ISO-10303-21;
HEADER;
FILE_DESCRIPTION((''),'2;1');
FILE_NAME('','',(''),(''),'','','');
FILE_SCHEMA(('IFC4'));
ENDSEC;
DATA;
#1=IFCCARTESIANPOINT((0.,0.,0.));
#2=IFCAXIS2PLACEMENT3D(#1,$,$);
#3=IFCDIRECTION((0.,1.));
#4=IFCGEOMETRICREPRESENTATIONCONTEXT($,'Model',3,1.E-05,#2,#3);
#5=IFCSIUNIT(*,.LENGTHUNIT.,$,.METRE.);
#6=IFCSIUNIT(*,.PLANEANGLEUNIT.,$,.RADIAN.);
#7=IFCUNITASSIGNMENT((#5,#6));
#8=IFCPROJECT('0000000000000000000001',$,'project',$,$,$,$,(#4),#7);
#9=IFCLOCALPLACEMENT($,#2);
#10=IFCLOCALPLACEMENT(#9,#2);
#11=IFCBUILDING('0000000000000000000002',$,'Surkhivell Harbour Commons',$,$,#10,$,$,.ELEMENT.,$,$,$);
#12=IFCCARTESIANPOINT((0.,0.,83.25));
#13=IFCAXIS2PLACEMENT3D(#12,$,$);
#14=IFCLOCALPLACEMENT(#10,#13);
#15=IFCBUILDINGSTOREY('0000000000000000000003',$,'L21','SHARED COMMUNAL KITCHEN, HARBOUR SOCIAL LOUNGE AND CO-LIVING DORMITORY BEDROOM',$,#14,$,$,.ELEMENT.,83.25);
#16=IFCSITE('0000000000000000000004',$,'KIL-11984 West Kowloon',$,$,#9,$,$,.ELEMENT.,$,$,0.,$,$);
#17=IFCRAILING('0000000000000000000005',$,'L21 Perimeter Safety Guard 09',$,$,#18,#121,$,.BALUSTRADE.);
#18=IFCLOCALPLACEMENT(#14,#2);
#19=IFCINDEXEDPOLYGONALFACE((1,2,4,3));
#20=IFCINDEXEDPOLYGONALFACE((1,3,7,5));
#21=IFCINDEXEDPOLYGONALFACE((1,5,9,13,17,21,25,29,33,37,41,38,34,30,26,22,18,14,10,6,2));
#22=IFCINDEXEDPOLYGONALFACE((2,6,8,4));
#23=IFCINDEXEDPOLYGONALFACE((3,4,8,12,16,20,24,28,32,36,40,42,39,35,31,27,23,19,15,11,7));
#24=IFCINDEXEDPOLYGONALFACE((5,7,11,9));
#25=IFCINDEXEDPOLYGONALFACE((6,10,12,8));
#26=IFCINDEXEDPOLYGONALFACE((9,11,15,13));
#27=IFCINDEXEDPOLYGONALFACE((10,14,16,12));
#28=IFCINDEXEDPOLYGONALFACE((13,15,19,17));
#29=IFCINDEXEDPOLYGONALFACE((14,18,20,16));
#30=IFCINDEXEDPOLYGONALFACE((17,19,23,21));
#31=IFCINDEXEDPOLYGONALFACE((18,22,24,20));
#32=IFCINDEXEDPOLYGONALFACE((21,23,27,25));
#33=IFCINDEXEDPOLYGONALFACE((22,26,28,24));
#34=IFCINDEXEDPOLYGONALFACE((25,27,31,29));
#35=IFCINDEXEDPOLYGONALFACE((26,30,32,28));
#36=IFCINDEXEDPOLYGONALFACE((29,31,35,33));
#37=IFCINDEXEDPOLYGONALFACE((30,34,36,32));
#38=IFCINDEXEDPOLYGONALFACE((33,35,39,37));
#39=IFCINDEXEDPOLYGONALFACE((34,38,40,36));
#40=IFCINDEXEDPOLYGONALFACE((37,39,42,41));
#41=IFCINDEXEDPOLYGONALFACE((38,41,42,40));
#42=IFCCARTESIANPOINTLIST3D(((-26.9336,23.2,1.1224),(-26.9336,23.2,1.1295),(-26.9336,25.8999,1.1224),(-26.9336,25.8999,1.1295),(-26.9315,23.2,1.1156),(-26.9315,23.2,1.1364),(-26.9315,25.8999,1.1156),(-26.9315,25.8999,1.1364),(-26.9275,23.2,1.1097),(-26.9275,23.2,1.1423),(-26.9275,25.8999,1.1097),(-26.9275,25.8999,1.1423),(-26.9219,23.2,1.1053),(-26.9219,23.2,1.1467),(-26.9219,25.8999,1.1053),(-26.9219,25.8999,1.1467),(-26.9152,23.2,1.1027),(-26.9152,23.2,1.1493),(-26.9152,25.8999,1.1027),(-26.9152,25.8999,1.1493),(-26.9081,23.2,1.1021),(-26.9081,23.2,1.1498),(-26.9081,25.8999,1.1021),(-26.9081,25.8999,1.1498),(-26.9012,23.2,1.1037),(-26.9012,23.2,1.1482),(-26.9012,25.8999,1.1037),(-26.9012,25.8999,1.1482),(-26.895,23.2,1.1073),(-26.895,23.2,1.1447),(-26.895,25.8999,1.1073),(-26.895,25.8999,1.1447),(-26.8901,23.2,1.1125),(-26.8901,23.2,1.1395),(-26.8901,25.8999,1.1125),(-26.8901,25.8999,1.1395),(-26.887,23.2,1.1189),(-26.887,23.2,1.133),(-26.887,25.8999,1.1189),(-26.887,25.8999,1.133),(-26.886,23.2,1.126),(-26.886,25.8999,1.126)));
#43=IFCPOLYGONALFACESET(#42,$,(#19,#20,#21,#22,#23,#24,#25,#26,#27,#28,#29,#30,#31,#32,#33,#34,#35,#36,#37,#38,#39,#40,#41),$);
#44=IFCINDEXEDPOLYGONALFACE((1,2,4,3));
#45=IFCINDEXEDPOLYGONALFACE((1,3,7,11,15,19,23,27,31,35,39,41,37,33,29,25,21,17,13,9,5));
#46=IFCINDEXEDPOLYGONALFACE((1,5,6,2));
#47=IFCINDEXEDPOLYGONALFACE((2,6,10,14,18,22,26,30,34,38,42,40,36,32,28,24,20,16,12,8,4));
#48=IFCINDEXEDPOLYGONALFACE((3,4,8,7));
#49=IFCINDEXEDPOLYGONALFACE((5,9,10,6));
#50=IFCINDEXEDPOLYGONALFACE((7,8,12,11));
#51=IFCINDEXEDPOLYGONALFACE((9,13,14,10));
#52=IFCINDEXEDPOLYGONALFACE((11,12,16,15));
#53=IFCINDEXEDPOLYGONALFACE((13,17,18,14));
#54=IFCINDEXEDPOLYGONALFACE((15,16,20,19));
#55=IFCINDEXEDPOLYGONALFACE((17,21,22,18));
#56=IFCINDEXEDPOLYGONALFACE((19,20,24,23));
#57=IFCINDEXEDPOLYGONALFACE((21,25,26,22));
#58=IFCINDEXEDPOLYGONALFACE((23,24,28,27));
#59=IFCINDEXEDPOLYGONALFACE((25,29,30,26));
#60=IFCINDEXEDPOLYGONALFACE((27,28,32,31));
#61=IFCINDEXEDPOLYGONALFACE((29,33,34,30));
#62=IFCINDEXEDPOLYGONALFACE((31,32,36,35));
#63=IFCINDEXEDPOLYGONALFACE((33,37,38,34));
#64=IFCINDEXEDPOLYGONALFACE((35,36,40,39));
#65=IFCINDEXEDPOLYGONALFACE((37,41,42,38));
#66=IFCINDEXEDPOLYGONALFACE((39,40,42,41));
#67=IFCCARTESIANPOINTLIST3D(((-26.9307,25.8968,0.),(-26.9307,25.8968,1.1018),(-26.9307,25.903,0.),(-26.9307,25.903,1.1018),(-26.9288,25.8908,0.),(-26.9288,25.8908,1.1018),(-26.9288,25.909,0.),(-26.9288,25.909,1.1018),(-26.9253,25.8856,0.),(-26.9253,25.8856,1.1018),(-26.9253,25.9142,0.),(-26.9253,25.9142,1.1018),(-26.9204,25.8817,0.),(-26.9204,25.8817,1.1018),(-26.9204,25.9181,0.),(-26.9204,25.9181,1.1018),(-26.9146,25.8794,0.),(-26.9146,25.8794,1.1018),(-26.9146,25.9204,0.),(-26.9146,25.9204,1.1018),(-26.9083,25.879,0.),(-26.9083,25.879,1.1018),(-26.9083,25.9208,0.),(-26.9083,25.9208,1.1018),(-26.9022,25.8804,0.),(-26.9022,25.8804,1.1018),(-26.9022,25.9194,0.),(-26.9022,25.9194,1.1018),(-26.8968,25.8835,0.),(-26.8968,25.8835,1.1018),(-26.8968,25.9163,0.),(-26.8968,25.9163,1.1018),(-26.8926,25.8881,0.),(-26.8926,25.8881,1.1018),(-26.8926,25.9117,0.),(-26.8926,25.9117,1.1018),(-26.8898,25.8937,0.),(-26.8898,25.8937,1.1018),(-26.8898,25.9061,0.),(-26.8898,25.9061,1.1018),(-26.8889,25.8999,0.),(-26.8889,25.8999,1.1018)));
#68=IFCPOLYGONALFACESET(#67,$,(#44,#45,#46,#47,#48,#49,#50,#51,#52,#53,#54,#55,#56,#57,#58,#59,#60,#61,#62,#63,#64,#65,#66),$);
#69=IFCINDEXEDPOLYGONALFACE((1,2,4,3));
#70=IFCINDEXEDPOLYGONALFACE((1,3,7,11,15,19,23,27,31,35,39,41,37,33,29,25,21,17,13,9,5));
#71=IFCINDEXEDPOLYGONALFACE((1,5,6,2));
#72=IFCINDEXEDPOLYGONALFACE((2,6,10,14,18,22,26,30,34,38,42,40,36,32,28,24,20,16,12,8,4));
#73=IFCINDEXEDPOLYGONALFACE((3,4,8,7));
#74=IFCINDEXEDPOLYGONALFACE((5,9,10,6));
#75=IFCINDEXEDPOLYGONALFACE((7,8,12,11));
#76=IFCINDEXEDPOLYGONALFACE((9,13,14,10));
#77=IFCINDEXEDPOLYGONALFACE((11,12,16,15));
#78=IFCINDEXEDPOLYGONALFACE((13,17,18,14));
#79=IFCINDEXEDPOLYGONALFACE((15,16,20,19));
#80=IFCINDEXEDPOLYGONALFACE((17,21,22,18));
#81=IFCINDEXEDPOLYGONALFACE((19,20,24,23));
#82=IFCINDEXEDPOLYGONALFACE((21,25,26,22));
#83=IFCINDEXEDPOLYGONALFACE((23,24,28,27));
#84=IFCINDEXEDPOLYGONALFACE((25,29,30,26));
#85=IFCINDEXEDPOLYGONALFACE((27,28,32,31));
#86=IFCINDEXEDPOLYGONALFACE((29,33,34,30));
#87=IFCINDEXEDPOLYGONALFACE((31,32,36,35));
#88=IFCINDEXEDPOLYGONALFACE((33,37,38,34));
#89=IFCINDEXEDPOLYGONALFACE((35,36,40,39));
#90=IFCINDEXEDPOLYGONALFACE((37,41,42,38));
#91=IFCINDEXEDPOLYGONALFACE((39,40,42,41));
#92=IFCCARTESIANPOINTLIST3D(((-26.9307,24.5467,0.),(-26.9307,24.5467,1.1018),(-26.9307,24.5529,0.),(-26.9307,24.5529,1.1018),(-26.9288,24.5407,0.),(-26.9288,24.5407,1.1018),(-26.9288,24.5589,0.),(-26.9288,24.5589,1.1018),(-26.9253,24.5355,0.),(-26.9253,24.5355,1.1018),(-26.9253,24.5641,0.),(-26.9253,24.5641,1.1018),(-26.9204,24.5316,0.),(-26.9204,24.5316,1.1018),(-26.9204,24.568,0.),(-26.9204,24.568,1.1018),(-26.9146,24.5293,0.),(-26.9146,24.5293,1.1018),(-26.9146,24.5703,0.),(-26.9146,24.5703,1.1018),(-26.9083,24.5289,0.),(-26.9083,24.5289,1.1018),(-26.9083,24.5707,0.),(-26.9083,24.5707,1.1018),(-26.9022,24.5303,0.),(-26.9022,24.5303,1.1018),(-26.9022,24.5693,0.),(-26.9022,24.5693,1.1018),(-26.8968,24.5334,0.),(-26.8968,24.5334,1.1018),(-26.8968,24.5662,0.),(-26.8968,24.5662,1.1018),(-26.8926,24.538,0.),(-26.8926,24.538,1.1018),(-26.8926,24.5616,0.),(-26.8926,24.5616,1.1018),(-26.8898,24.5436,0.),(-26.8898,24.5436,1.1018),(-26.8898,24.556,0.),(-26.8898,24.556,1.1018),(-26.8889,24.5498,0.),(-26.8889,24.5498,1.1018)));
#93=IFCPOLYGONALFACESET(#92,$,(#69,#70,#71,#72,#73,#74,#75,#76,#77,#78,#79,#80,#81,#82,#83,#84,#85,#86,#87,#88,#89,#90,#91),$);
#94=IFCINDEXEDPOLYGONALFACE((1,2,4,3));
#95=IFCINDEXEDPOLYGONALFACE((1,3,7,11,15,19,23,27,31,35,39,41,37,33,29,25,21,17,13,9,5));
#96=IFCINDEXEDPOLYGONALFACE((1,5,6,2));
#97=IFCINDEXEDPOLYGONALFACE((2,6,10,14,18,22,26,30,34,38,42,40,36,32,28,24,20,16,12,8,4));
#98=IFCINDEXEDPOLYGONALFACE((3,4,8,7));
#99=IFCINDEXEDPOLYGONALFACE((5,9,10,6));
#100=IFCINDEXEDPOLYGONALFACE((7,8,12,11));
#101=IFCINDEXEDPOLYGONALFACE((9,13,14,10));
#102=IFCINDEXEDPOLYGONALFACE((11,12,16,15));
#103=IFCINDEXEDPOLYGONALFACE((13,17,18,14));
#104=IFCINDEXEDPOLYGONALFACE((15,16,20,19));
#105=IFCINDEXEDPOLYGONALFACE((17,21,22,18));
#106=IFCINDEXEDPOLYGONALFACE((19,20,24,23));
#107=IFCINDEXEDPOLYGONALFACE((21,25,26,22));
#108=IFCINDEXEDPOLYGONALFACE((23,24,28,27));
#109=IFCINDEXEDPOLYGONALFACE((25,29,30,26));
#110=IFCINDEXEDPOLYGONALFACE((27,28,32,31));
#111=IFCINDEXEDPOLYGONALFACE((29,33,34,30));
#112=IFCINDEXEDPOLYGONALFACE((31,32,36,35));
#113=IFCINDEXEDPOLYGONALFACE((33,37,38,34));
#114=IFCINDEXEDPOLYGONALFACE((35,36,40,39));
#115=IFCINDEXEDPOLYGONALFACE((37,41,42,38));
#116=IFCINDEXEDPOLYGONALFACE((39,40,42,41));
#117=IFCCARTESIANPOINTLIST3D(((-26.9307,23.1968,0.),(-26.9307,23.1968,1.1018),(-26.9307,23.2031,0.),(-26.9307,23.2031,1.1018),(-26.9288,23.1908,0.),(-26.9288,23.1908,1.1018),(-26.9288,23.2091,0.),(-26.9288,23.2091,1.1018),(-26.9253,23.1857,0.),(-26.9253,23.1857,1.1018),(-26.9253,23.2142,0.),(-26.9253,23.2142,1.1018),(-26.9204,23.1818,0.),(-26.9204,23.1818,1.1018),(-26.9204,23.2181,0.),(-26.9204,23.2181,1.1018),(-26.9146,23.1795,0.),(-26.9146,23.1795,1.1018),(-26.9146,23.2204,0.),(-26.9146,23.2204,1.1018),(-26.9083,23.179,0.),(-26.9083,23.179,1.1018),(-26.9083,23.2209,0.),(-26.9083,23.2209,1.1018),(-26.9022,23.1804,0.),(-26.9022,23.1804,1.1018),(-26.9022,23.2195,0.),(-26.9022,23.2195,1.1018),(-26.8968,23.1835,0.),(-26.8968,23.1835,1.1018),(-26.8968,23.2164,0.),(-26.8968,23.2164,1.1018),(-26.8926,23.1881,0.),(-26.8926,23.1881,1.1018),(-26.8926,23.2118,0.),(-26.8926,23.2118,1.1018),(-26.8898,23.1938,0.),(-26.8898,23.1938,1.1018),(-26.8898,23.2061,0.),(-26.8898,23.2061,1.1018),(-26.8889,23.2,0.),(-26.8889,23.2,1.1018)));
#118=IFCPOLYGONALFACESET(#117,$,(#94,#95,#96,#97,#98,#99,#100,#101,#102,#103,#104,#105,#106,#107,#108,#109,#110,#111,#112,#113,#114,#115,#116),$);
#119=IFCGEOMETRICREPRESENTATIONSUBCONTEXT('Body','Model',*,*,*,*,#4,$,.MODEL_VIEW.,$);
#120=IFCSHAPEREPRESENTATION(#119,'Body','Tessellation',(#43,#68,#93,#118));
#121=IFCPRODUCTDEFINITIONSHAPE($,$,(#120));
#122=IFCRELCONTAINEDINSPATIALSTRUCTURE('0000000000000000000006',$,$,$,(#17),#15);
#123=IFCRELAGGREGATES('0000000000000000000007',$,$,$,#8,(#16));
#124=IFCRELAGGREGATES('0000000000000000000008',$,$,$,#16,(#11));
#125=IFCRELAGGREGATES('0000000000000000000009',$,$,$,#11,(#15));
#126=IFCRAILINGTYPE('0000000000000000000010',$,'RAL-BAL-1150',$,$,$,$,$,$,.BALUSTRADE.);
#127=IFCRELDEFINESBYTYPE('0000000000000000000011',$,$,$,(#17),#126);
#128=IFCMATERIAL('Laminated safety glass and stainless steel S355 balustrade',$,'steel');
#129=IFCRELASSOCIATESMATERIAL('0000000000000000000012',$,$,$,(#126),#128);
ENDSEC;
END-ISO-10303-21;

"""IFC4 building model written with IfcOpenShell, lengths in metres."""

from ifc_helpers import new_model, si_unit, direction, frame, origin, origin_2d, place, context, subcontext, project, spatial, circle, extrude, material, type_object, element, save


model = new_model("IFC4")

# Units and contexts
model_context = context("Model", 3, precision=1e-05, world=origin(), true_north=direction((0.0, 1.0)))
body_context = subcontext(model_context, "Body", "Model", "MODEL_VIEW")
ifc_project = project(units=[si_unit("LENGTHUNIT", "METRE"), si_unit("PLANEANGLEUNIT", "RADIAN")], contexts=[model_context])

# Site, building, storey
site_placement = place(None, origin())
site = spatial("IfcSite", under=ifc_project, at=site_placement, Name="KIL-11984 West Kowloon", CompositionType="ELEMENT", RefElevation=0.0)
building_placement = place(site_placement, origin())
building = spatial("IfcBuilding", under=site, at=building_placement, Name="Surkhivell Harbour Commons", CompositionType="ELEMENT")
storey_placement = place(building_placement, frame((0.0, 0.0, 83.25)))
storey = spatial("IfcBuildingStorey", under=building, at=storey_placement, Name="L21", Description="SHARED COMMUNAL KITCHEN, HARBOUR SOCIAL LOUNGE AND CO-LIVING DORMITORY BEDROOM", CompositionType="ELEMENT", Elevation=83.25)

# Railing
ifc_material_1 = material(Name="Laminated safety glass and stainless steel S355 balustrade", Category="steel")
railing_type = type_object("IfcRailingType", Name="RAL-BAL-1150", PredefinedType="BALUSTRADE", material=ifc_material_1)
railing_1_placement = place(storey_placement, frame((-26.9099, 25.8999, 0.0)))
element("IfcRailing", 1, at=railing_1_placement, inside=storey, type_object=railing_type, Name="L21 Perimeter Safety Guard 09", PredefinedType="BALUSTRADE", context=body_context, shape_type="SweptSolid", body=[
    extrude(circle(Radius=0.0239, at=origin_2d()), frame((0.0, 0.0, 1.126), z_axis=(0.0, -1.0, 0.0), x_axis=(1.0, 0.0, 0.0)), (0.0, 0.0, 1.0), 2.7),
    extrude(circle(Radius=0.021, at=origin_2d()), origin(), (0.0, 0.0, 1.0), 1.1018),
    extrude(circle(Radius=0.021, at=origin_2d()), frame((0.0, -1.3501, 0.0)), (0.0, 0.0, 1.0), 1.1018),
    extrude(circle(Radius=0.021, at=origin_2d()), frame((0.0, -2.7, 0.0)), (0.0, 0.0, 1.0), 1.1018),
])

save(model, "model.ifc")
